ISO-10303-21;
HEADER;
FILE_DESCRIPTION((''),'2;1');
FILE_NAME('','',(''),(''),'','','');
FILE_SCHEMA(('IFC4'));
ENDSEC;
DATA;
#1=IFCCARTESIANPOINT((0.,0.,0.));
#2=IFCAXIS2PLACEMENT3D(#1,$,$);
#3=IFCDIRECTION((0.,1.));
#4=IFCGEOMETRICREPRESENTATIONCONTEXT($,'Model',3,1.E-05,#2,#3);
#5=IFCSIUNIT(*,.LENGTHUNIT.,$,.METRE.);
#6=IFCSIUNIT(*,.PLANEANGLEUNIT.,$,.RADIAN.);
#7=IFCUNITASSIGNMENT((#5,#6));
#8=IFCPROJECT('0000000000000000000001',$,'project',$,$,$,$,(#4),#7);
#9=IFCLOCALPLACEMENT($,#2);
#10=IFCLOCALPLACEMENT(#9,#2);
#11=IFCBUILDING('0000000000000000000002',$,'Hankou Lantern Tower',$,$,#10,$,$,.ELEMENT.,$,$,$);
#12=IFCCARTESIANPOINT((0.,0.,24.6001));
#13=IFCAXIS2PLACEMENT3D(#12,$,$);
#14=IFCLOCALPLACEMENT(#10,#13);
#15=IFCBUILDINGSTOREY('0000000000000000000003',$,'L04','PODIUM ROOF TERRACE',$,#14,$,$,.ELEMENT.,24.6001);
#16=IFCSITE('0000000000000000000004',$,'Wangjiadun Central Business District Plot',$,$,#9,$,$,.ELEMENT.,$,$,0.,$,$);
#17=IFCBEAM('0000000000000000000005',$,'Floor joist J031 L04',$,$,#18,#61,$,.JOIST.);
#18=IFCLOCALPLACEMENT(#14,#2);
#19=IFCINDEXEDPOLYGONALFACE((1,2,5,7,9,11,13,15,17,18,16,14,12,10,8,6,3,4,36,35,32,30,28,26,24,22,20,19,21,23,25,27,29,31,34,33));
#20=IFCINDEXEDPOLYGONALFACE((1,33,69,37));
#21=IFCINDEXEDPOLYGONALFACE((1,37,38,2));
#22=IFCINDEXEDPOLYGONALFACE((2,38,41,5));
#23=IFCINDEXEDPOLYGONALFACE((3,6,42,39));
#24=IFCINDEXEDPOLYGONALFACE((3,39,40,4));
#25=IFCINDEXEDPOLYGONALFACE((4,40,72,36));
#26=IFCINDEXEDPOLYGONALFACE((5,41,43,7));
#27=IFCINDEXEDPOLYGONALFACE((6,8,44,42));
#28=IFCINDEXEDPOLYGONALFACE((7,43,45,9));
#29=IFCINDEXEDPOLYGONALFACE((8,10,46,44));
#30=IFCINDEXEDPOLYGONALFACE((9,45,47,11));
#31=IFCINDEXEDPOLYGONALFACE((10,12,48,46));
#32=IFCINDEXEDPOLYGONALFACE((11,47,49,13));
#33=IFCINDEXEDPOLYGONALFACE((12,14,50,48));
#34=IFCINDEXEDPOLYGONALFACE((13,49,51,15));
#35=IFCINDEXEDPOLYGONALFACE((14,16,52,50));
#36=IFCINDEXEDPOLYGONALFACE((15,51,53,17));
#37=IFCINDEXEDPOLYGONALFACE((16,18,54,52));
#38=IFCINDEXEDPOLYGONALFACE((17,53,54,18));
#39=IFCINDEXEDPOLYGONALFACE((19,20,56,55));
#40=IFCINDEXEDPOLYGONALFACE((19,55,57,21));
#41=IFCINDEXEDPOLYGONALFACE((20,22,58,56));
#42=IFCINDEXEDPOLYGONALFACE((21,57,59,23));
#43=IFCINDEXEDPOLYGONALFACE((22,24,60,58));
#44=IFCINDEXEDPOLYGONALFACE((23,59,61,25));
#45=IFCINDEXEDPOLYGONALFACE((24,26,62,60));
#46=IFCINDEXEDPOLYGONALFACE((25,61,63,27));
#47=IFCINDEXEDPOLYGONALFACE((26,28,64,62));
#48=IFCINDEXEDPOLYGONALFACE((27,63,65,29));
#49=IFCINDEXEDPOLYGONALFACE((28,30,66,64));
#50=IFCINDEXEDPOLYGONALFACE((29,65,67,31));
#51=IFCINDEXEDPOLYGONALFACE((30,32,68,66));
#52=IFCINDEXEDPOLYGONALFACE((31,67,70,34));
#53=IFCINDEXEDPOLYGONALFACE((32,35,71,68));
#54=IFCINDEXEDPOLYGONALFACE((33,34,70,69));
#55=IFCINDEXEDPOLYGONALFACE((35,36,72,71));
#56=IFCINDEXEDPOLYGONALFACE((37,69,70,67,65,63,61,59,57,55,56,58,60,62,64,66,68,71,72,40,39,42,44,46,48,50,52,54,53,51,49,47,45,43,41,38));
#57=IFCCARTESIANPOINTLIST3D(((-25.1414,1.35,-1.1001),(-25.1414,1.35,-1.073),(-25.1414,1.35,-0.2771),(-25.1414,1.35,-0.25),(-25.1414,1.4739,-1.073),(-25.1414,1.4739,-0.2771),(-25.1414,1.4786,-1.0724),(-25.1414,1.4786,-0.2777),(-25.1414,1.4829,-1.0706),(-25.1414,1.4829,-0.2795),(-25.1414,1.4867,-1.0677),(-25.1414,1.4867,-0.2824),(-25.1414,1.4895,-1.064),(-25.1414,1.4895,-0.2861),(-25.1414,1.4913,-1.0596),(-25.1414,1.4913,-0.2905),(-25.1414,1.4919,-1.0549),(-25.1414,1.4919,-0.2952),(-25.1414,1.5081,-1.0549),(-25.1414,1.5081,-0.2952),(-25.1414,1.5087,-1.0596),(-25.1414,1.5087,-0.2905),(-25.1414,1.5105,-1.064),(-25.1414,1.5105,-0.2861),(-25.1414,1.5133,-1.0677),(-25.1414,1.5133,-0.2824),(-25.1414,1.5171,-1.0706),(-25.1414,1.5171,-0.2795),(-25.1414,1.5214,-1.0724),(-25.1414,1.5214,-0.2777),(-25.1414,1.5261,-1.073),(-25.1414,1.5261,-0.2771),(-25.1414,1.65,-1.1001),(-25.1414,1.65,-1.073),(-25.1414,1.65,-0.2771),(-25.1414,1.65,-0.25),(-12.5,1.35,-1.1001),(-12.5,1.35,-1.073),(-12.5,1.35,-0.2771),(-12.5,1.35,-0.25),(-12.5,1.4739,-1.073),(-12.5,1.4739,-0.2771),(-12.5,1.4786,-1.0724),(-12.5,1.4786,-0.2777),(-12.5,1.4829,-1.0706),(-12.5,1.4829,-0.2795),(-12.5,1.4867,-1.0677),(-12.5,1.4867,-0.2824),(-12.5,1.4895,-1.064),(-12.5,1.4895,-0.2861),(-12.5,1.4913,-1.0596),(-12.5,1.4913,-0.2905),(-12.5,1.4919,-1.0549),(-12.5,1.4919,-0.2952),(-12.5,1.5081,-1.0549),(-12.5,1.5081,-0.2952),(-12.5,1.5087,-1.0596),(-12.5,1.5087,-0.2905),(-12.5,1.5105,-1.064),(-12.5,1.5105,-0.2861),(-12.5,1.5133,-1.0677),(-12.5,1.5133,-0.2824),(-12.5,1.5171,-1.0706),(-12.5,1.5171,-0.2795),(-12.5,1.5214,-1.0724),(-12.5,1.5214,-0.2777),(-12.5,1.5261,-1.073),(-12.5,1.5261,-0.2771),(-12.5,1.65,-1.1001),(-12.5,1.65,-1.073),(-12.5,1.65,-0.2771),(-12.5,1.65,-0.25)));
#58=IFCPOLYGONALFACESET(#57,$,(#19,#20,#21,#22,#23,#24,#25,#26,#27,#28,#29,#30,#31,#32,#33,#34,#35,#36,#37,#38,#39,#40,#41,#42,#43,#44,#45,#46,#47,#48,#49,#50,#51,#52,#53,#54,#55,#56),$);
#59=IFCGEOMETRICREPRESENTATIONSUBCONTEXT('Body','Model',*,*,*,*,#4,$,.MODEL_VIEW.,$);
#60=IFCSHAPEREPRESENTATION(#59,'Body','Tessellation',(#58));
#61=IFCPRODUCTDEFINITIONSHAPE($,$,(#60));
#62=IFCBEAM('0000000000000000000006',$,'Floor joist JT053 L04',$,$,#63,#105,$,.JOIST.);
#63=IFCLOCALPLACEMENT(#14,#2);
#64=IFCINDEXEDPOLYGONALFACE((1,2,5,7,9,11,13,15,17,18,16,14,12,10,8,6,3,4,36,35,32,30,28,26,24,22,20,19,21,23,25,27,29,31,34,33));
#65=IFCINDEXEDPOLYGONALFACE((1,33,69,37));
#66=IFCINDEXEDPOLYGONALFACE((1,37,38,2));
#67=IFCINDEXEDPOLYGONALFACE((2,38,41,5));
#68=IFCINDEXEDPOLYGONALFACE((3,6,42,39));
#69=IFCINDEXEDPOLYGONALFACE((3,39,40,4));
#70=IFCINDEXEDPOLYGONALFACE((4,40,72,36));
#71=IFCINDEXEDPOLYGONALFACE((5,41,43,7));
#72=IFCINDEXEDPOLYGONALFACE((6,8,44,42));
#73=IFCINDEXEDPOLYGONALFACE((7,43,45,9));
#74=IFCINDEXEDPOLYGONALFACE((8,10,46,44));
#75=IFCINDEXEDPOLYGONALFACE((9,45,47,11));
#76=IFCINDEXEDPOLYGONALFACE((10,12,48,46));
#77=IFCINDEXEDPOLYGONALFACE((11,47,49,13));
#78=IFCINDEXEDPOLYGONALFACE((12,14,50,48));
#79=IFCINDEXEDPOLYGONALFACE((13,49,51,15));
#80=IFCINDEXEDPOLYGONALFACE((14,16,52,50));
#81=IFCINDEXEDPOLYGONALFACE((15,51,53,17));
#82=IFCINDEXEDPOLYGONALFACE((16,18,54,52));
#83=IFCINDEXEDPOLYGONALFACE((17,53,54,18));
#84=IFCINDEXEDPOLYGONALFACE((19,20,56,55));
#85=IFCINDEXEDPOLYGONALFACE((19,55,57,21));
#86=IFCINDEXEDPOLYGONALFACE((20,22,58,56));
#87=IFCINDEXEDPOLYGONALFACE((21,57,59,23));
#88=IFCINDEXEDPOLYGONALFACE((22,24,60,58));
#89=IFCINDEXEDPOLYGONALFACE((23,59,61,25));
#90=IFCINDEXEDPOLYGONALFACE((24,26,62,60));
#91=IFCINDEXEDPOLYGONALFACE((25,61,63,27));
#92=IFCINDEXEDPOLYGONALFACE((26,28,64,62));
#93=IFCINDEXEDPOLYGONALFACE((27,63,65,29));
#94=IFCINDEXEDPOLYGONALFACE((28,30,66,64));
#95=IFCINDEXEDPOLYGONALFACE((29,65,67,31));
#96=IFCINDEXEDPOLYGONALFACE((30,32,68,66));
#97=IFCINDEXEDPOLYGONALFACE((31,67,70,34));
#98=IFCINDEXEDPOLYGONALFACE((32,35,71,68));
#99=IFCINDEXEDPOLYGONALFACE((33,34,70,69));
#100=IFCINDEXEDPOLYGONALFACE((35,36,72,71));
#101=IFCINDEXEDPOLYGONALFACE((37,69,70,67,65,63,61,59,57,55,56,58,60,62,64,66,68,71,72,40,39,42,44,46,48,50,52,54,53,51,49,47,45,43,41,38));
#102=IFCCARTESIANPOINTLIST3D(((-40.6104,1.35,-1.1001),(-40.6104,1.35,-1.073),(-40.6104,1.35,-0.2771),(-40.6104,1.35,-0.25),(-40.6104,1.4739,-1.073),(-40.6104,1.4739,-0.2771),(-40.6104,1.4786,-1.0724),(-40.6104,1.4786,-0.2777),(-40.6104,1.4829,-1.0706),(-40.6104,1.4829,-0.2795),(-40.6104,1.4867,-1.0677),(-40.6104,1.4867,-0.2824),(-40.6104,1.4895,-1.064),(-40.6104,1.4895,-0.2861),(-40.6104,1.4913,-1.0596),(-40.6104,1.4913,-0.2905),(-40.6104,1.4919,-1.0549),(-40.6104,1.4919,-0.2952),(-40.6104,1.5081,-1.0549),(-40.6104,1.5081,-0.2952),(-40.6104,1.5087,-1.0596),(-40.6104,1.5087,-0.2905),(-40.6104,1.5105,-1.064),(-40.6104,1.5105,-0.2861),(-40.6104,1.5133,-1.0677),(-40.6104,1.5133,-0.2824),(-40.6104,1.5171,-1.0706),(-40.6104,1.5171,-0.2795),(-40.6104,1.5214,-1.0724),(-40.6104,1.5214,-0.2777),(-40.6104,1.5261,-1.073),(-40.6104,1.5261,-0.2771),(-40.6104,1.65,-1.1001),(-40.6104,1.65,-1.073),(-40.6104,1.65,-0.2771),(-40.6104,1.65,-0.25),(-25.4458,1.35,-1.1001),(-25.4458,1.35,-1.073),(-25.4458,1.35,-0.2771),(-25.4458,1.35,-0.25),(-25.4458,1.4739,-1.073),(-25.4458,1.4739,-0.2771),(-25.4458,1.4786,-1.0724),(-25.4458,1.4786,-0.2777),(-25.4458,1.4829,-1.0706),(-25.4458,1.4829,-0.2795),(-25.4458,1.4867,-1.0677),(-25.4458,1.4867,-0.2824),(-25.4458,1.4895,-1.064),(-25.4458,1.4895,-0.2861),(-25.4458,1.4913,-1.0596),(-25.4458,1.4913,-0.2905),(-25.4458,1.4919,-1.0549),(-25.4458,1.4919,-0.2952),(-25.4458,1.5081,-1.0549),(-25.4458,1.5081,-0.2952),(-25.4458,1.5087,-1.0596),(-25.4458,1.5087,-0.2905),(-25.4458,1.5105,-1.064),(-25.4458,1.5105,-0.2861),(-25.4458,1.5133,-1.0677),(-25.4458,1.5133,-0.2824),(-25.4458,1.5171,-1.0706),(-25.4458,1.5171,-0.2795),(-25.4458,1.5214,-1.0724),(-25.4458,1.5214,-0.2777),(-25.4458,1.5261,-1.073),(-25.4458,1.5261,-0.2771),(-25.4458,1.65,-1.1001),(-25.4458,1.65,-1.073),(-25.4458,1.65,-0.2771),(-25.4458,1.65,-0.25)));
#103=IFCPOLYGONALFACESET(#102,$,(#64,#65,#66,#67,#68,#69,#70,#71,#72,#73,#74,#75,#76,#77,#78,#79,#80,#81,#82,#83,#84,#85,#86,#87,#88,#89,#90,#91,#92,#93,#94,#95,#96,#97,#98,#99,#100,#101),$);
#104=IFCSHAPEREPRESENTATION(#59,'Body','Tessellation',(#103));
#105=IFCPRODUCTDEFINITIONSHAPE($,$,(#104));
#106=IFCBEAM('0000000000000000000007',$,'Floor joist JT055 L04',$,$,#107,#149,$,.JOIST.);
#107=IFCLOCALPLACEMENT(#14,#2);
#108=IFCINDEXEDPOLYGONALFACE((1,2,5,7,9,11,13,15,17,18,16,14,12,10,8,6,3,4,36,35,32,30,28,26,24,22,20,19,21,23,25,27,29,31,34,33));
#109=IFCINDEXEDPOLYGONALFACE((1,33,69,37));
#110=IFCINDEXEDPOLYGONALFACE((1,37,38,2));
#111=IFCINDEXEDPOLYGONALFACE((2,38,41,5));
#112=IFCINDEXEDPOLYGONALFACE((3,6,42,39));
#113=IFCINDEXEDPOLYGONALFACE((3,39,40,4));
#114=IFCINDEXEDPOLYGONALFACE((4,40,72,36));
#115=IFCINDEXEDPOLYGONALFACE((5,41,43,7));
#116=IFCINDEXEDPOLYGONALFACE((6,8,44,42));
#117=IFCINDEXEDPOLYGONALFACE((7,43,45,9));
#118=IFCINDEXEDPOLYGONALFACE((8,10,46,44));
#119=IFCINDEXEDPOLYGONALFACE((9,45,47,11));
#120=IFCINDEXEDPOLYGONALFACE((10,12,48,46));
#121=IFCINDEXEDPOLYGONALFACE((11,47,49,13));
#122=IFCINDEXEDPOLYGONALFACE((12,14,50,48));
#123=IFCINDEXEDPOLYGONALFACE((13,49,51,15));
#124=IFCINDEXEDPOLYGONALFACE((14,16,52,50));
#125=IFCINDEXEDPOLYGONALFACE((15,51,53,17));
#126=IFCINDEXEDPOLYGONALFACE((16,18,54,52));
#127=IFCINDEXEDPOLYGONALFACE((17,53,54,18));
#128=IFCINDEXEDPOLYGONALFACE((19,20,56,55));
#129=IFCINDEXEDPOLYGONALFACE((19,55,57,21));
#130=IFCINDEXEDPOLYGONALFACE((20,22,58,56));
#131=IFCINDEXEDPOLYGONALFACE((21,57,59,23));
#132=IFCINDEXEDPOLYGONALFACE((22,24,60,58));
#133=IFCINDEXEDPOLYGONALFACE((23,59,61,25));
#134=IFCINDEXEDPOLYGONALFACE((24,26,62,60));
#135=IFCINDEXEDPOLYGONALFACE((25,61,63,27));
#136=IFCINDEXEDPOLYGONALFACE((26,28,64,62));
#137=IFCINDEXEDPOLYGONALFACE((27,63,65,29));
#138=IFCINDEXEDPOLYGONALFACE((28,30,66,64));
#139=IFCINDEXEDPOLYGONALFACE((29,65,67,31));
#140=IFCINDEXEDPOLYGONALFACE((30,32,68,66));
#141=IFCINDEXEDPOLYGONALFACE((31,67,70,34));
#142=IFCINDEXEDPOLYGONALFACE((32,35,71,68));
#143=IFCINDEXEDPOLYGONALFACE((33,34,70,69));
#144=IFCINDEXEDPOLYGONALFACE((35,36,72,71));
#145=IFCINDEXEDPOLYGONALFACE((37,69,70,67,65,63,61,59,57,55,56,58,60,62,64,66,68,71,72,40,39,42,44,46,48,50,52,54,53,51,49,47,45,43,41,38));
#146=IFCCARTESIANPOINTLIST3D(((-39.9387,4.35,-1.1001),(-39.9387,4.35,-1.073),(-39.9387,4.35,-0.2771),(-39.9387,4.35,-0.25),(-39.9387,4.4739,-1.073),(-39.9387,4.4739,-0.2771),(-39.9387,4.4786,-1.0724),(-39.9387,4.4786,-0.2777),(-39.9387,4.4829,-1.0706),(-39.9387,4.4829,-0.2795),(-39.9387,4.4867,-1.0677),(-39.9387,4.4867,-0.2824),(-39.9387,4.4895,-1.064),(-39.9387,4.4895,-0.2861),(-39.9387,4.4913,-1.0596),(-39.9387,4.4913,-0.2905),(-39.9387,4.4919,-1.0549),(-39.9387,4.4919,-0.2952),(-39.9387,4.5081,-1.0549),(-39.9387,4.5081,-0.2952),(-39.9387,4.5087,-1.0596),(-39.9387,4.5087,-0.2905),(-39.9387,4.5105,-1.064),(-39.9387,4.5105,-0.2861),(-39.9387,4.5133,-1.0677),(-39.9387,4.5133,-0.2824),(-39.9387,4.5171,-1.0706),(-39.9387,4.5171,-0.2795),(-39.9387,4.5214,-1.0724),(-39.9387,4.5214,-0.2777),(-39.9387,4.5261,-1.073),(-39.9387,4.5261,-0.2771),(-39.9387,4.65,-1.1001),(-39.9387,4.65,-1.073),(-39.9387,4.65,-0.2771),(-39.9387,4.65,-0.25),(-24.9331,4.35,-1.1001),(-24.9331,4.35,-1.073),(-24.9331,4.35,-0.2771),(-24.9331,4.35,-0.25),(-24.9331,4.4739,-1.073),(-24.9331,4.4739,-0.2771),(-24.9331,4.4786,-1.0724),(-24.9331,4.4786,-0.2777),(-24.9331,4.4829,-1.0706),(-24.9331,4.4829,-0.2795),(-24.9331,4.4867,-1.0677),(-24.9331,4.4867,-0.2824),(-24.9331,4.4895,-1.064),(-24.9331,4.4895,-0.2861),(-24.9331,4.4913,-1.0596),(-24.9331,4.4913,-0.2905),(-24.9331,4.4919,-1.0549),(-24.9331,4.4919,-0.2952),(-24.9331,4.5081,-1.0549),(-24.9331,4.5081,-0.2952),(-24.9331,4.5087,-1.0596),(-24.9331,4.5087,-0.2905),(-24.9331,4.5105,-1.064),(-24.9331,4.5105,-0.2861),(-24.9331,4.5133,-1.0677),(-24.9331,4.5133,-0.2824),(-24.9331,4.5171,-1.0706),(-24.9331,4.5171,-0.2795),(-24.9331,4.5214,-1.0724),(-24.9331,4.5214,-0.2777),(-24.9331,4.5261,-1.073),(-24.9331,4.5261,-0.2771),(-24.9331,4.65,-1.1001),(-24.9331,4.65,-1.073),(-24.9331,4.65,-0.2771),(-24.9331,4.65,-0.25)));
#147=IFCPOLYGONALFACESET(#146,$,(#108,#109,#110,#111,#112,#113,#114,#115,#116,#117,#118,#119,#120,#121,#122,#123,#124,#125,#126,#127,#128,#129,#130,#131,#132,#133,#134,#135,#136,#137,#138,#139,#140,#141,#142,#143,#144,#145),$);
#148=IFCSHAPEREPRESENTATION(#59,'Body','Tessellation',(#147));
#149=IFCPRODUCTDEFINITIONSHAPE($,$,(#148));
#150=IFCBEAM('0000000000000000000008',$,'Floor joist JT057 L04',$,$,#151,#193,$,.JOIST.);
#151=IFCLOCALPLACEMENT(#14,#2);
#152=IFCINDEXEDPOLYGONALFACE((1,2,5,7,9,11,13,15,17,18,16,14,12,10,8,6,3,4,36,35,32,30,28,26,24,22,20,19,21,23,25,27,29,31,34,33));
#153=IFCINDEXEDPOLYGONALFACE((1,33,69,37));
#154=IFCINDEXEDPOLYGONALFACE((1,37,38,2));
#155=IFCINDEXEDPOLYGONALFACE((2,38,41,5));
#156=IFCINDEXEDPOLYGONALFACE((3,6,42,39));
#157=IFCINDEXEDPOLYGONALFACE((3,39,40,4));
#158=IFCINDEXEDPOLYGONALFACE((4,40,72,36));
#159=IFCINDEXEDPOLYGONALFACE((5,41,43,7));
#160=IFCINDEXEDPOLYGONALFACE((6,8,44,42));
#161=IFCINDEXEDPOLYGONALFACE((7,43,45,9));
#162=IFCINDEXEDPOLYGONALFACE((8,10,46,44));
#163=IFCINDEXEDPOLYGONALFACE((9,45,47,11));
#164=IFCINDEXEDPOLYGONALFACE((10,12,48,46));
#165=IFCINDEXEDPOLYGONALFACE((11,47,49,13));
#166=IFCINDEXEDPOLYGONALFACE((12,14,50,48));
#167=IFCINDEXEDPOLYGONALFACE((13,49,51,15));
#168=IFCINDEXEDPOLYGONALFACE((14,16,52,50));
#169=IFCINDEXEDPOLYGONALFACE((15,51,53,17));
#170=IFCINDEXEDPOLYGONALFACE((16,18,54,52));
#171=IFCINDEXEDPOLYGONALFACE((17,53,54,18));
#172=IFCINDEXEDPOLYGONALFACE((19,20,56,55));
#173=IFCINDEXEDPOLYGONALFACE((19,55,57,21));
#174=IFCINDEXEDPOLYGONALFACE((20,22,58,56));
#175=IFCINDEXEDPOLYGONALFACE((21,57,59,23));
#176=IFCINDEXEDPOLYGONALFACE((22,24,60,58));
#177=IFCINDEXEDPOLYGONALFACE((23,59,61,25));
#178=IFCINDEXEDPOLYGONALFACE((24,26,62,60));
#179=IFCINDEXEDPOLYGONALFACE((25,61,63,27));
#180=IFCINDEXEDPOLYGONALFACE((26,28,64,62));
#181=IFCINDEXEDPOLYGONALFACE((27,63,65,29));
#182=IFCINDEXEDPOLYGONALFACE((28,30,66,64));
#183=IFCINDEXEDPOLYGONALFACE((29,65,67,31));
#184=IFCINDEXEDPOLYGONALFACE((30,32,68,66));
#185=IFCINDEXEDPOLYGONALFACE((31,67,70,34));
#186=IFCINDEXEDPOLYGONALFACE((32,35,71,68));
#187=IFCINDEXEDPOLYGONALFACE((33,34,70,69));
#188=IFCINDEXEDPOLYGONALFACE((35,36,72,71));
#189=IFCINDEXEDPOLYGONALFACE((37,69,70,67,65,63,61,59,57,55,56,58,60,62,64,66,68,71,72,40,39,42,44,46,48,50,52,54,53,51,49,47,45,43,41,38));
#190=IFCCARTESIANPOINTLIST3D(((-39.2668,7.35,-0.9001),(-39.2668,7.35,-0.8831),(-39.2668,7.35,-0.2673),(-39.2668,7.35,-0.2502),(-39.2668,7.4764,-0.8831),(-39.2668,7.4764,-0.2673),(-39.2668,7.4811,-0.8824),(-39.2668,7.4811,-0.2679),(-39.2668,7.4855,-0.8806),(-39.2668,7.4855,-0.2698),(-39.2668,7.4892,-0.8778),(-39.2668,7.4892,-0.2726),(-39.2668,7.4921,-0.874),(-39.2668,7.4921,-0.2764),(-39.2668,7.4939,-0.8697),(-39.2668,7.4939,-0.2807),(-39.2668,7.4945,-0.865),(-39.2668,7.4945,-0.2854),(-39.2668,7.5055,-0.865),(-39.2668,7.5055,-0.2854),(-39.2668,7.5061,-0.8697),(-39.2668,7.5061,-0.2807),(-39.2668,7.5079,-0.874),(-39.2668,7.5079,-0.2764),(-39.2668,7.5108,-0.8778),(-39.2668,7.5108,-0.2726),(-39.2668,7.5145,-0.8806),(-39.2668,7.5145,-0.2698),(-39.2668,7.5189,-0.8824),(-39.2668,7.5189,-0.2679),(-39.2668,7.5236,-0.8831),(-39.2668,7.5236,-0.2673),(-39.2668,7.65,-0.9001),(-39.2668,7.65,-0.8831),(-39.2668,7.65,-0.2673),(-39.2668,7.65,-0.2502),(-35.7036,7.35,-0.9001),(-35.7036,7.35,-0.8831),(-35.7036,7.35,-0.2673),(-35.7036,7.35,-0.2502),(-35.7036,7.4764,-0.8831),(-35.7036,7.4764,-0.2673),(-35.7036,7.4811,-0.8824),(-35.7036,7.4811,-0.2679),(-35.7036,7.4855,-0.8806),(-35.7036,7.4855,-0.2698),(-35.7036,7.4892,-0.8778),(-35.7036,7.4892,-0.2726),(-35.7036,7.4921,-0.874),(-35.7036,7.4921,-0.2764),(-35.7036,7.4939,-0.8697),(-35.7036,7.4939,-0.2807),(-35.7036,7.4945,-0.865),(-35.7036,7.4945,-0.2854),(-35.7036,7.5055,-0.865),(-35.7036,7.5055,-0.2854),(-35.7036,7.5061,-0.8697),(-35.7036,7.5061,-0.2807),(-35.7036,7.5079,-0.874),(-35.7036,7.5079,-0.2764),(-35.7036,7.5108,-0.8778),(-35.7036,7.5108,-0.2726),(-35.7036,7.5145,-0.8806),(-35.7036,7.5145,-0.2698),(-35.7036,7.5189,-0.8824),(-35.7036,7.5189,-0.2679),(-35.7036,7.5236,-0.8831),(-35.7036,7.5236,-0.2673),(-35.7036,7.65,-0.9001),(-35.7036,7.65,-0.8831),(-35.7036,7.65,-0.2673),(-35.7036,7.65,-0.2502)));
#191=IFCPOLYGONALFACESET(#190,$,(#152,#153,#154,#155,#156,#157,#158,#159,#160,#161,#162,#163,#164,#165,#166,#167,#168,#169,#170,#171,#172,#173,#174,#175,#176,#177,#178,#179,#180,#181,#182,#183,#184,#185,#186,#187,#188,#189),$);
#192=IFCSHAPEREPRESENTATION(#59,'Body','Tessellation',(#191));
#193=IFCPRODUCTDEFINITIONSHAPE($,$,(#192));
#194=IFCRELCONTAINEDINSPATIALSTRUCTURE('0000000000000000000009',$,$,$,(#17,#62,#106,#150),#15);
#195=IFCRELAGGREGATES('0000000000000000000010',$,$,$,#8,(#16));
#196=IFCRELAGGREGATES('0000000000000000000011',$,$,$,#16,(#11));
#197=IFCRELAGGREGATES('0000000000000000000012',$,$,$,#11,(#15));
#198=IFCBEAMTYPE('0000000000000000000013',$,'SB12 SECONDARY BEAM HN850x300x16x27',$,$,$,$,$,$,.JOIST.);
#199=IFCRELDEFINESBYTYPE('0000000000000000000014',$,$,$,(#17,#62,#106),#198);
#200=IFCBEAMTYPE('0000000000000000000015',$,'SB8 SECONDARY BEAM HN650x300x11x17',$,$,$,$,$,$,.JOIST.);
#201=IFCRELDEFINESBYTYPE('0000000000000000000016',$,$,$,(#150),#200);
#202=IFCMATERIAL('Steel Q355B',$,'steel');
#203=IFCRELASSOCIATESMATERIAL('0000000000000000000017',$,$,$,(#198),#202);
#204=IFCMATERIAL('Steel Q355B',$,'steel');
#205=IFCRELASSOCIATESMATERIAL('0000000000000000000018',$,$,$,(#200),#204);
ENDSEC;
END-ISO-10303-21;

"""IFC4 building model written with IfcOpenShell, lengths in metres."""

from ifc_helpers import new_model, si_unit, direction, frame, origin, origin_2d, place, context, subcontext, project, spatial, i_section, extrude, material, material_profile, profile_set, type_object, element, save


model = new_model("IFC4")

# Units and contexts
model_context = context("Model", 3, precision=1e-05, world=origin(), true_north=direction((0.0, 1.0)))
body_context = subcontext(model_context, "Body", "Model", "MODEL_VIEW")
ifc_project = project(units=[si_unit("LENGTHUNIT", "METRE"), si_unit("PLANEANGLEUNIT", "RADIAN")], contexts=[model_context])

# Site, building, storey
site_placement = place(None, origin())
site = spatial("IfcSite", under=ifc_project, at=site_placement, Name="Wangjiadun Central Business District Plot", CompositionType="ELEMENT", RefElevation=0.0)
building_placement = place(site_placement, origin())
building = spatial("IfcBuilding", under=site, at=building_placement, Name="Hankou Lantern Tower", CompositionType="ELEMENT")
storey_placement = place(building_placement, frame((0.0, 0.0, 24.6001)))
storey = spatial("IfcBuildingStorey", under=building, at=storey_placement, Name="L04", Description="PODIUM ROOF TERRACE", CompositionType="ELEMENT", Elevation=24.6001)

# Beams
ifc_material_1 = material(Name="Steel Q355B", Category="steel")
ifc_material_profile_1 = material_profile(ifc_material_1, i_section(OverallWidth=0.3, OverallDepth=0.8501, WebThickness=0.0161, FlangeThickness=0.0271, FilletRadius=0.0181, at=origin_2d()), Name="HN850x300x16x27")
ifc_profile_set_1 = profile_set([ifc_material_profile_1], Name="Steel Q355B")
beam_type_1 = type_object("IfcBeamType", Name="SB12 SECONDARY BEAM HN850x300x16x27", PredefinedType="JOIST", material=ifc_profile_set_1)
beam_1_placement = place(storey_placement, frame((-25.1414, 1.5, -0.675), z_axis=(1.0, 0.0, 0.0), x_axis=(0.0, 1.0, 0.0)))
element("IfcBeam", 1, at=beam_1_placement, inside=storey, type_object=beam_type_1, Name="Floor joist J031 L04", PredefinedType="JOIST", context=body_context, shape_type="SweptSolid", body=[
    extrude(i_section(OverallWidth=0.3, OverallDepth=0.8501, WebThickness=0.0161, FlangeThickness=0.0271, FilletRadius=0.0181, at=origin_2d()), origin(), (0.0, 0.0, 1.0), 12.6414),
])
beam_2_placement = place(storey_placement, frame((-40.6104, 1.5, -0.675), z_axis=(1.0, 0.0, 0.0), x_axis=(0.0, 1.0, 0.0)))
element("IfcBeam", 2, at=beam_2_placement, inside=storey, type_object=beam_type_1, Name="Floor joist JT053 L04", PredefinedType="JOIST", context=body_context, shape_type="SweptSolid", body=[
    extrude(i_section(OverallWidth=0.3, OverallDepth=0.8501, WebThickness=0.0161, FlangeThickness=0.0271, FilletRadius=0.0181, at=origin_2d()), origin(), (0.0, 0.0, 1.0), 15.1646),
])
beam_3_placement = place(storey_placement, frame((-39.9387, 4.5, -0.675), z_axis=(1.0, 0.0, 0.0), x_axis=(0.0, 1.0, 0.0)))
element("IfcBeam", 3, at=beam_3_placement, inside=storey, type_object=beam_type_1, Name="Floor joist JT055 L04", PredefinedType="JOIST", context=body_context, shape_type="SweptSolid", body=[
    extrude(i_section(OverallWidth=0.3, OverallDepth=0.8501, WebThickness=0.0161, FlangeThickness=0.0271, FilletRadius=0.0181, at=origin_2d()), origin(), (0.0, 0.0, 1.0), 15.0056),
])
ifc_material_2 = material(Name="Steel Q355B", Category="steel")
ifc_material_profile_2 = material_profile(ifc_material_2, i_section(OverallWidth=0.3, OverallDepth=0.6499, WebThickness=0.011, FlangeThickness=0.0171, FilletRadius=0.0181, at=origin_2d()), Name="HN650x300x11x17")
ifc_profile_set_2 = profile_set([ifc_material_profile_2], Name="Steel Q355B")
beam_type_2 = type_object("IfcBeamType", Name="SB8 SECONDARY BEAM HN650x300x11x17", PredefinedType="JOIST", material=ifc_profile_set_2)
beam_4_placement = place(storey_placement, frame((-39.2668, 7.5, -0.5752), z_axis=(1.0, 0.0, 0.0), x_axis=(0.0, 1.0, 0.0)))
element("IfcBeam", 4, at=beam_4_placement, inside=storey, type_object=beam_type_2, Name="Floor joist JT057 L04", PredefinedType="JOIST", context=body_context, shape_type="SweptSolid", body=[
    extrude(i_section(OverallWidth=0.3, OverallDepth=0.6499, WebThickness=0.011, FlangeThickness=0.0171, FilletRadius=0.0181, at=origin_2d()), origin(), (0.0, 0.0, 1.0), 3.5632),
])

save(model, "model.ifc")
